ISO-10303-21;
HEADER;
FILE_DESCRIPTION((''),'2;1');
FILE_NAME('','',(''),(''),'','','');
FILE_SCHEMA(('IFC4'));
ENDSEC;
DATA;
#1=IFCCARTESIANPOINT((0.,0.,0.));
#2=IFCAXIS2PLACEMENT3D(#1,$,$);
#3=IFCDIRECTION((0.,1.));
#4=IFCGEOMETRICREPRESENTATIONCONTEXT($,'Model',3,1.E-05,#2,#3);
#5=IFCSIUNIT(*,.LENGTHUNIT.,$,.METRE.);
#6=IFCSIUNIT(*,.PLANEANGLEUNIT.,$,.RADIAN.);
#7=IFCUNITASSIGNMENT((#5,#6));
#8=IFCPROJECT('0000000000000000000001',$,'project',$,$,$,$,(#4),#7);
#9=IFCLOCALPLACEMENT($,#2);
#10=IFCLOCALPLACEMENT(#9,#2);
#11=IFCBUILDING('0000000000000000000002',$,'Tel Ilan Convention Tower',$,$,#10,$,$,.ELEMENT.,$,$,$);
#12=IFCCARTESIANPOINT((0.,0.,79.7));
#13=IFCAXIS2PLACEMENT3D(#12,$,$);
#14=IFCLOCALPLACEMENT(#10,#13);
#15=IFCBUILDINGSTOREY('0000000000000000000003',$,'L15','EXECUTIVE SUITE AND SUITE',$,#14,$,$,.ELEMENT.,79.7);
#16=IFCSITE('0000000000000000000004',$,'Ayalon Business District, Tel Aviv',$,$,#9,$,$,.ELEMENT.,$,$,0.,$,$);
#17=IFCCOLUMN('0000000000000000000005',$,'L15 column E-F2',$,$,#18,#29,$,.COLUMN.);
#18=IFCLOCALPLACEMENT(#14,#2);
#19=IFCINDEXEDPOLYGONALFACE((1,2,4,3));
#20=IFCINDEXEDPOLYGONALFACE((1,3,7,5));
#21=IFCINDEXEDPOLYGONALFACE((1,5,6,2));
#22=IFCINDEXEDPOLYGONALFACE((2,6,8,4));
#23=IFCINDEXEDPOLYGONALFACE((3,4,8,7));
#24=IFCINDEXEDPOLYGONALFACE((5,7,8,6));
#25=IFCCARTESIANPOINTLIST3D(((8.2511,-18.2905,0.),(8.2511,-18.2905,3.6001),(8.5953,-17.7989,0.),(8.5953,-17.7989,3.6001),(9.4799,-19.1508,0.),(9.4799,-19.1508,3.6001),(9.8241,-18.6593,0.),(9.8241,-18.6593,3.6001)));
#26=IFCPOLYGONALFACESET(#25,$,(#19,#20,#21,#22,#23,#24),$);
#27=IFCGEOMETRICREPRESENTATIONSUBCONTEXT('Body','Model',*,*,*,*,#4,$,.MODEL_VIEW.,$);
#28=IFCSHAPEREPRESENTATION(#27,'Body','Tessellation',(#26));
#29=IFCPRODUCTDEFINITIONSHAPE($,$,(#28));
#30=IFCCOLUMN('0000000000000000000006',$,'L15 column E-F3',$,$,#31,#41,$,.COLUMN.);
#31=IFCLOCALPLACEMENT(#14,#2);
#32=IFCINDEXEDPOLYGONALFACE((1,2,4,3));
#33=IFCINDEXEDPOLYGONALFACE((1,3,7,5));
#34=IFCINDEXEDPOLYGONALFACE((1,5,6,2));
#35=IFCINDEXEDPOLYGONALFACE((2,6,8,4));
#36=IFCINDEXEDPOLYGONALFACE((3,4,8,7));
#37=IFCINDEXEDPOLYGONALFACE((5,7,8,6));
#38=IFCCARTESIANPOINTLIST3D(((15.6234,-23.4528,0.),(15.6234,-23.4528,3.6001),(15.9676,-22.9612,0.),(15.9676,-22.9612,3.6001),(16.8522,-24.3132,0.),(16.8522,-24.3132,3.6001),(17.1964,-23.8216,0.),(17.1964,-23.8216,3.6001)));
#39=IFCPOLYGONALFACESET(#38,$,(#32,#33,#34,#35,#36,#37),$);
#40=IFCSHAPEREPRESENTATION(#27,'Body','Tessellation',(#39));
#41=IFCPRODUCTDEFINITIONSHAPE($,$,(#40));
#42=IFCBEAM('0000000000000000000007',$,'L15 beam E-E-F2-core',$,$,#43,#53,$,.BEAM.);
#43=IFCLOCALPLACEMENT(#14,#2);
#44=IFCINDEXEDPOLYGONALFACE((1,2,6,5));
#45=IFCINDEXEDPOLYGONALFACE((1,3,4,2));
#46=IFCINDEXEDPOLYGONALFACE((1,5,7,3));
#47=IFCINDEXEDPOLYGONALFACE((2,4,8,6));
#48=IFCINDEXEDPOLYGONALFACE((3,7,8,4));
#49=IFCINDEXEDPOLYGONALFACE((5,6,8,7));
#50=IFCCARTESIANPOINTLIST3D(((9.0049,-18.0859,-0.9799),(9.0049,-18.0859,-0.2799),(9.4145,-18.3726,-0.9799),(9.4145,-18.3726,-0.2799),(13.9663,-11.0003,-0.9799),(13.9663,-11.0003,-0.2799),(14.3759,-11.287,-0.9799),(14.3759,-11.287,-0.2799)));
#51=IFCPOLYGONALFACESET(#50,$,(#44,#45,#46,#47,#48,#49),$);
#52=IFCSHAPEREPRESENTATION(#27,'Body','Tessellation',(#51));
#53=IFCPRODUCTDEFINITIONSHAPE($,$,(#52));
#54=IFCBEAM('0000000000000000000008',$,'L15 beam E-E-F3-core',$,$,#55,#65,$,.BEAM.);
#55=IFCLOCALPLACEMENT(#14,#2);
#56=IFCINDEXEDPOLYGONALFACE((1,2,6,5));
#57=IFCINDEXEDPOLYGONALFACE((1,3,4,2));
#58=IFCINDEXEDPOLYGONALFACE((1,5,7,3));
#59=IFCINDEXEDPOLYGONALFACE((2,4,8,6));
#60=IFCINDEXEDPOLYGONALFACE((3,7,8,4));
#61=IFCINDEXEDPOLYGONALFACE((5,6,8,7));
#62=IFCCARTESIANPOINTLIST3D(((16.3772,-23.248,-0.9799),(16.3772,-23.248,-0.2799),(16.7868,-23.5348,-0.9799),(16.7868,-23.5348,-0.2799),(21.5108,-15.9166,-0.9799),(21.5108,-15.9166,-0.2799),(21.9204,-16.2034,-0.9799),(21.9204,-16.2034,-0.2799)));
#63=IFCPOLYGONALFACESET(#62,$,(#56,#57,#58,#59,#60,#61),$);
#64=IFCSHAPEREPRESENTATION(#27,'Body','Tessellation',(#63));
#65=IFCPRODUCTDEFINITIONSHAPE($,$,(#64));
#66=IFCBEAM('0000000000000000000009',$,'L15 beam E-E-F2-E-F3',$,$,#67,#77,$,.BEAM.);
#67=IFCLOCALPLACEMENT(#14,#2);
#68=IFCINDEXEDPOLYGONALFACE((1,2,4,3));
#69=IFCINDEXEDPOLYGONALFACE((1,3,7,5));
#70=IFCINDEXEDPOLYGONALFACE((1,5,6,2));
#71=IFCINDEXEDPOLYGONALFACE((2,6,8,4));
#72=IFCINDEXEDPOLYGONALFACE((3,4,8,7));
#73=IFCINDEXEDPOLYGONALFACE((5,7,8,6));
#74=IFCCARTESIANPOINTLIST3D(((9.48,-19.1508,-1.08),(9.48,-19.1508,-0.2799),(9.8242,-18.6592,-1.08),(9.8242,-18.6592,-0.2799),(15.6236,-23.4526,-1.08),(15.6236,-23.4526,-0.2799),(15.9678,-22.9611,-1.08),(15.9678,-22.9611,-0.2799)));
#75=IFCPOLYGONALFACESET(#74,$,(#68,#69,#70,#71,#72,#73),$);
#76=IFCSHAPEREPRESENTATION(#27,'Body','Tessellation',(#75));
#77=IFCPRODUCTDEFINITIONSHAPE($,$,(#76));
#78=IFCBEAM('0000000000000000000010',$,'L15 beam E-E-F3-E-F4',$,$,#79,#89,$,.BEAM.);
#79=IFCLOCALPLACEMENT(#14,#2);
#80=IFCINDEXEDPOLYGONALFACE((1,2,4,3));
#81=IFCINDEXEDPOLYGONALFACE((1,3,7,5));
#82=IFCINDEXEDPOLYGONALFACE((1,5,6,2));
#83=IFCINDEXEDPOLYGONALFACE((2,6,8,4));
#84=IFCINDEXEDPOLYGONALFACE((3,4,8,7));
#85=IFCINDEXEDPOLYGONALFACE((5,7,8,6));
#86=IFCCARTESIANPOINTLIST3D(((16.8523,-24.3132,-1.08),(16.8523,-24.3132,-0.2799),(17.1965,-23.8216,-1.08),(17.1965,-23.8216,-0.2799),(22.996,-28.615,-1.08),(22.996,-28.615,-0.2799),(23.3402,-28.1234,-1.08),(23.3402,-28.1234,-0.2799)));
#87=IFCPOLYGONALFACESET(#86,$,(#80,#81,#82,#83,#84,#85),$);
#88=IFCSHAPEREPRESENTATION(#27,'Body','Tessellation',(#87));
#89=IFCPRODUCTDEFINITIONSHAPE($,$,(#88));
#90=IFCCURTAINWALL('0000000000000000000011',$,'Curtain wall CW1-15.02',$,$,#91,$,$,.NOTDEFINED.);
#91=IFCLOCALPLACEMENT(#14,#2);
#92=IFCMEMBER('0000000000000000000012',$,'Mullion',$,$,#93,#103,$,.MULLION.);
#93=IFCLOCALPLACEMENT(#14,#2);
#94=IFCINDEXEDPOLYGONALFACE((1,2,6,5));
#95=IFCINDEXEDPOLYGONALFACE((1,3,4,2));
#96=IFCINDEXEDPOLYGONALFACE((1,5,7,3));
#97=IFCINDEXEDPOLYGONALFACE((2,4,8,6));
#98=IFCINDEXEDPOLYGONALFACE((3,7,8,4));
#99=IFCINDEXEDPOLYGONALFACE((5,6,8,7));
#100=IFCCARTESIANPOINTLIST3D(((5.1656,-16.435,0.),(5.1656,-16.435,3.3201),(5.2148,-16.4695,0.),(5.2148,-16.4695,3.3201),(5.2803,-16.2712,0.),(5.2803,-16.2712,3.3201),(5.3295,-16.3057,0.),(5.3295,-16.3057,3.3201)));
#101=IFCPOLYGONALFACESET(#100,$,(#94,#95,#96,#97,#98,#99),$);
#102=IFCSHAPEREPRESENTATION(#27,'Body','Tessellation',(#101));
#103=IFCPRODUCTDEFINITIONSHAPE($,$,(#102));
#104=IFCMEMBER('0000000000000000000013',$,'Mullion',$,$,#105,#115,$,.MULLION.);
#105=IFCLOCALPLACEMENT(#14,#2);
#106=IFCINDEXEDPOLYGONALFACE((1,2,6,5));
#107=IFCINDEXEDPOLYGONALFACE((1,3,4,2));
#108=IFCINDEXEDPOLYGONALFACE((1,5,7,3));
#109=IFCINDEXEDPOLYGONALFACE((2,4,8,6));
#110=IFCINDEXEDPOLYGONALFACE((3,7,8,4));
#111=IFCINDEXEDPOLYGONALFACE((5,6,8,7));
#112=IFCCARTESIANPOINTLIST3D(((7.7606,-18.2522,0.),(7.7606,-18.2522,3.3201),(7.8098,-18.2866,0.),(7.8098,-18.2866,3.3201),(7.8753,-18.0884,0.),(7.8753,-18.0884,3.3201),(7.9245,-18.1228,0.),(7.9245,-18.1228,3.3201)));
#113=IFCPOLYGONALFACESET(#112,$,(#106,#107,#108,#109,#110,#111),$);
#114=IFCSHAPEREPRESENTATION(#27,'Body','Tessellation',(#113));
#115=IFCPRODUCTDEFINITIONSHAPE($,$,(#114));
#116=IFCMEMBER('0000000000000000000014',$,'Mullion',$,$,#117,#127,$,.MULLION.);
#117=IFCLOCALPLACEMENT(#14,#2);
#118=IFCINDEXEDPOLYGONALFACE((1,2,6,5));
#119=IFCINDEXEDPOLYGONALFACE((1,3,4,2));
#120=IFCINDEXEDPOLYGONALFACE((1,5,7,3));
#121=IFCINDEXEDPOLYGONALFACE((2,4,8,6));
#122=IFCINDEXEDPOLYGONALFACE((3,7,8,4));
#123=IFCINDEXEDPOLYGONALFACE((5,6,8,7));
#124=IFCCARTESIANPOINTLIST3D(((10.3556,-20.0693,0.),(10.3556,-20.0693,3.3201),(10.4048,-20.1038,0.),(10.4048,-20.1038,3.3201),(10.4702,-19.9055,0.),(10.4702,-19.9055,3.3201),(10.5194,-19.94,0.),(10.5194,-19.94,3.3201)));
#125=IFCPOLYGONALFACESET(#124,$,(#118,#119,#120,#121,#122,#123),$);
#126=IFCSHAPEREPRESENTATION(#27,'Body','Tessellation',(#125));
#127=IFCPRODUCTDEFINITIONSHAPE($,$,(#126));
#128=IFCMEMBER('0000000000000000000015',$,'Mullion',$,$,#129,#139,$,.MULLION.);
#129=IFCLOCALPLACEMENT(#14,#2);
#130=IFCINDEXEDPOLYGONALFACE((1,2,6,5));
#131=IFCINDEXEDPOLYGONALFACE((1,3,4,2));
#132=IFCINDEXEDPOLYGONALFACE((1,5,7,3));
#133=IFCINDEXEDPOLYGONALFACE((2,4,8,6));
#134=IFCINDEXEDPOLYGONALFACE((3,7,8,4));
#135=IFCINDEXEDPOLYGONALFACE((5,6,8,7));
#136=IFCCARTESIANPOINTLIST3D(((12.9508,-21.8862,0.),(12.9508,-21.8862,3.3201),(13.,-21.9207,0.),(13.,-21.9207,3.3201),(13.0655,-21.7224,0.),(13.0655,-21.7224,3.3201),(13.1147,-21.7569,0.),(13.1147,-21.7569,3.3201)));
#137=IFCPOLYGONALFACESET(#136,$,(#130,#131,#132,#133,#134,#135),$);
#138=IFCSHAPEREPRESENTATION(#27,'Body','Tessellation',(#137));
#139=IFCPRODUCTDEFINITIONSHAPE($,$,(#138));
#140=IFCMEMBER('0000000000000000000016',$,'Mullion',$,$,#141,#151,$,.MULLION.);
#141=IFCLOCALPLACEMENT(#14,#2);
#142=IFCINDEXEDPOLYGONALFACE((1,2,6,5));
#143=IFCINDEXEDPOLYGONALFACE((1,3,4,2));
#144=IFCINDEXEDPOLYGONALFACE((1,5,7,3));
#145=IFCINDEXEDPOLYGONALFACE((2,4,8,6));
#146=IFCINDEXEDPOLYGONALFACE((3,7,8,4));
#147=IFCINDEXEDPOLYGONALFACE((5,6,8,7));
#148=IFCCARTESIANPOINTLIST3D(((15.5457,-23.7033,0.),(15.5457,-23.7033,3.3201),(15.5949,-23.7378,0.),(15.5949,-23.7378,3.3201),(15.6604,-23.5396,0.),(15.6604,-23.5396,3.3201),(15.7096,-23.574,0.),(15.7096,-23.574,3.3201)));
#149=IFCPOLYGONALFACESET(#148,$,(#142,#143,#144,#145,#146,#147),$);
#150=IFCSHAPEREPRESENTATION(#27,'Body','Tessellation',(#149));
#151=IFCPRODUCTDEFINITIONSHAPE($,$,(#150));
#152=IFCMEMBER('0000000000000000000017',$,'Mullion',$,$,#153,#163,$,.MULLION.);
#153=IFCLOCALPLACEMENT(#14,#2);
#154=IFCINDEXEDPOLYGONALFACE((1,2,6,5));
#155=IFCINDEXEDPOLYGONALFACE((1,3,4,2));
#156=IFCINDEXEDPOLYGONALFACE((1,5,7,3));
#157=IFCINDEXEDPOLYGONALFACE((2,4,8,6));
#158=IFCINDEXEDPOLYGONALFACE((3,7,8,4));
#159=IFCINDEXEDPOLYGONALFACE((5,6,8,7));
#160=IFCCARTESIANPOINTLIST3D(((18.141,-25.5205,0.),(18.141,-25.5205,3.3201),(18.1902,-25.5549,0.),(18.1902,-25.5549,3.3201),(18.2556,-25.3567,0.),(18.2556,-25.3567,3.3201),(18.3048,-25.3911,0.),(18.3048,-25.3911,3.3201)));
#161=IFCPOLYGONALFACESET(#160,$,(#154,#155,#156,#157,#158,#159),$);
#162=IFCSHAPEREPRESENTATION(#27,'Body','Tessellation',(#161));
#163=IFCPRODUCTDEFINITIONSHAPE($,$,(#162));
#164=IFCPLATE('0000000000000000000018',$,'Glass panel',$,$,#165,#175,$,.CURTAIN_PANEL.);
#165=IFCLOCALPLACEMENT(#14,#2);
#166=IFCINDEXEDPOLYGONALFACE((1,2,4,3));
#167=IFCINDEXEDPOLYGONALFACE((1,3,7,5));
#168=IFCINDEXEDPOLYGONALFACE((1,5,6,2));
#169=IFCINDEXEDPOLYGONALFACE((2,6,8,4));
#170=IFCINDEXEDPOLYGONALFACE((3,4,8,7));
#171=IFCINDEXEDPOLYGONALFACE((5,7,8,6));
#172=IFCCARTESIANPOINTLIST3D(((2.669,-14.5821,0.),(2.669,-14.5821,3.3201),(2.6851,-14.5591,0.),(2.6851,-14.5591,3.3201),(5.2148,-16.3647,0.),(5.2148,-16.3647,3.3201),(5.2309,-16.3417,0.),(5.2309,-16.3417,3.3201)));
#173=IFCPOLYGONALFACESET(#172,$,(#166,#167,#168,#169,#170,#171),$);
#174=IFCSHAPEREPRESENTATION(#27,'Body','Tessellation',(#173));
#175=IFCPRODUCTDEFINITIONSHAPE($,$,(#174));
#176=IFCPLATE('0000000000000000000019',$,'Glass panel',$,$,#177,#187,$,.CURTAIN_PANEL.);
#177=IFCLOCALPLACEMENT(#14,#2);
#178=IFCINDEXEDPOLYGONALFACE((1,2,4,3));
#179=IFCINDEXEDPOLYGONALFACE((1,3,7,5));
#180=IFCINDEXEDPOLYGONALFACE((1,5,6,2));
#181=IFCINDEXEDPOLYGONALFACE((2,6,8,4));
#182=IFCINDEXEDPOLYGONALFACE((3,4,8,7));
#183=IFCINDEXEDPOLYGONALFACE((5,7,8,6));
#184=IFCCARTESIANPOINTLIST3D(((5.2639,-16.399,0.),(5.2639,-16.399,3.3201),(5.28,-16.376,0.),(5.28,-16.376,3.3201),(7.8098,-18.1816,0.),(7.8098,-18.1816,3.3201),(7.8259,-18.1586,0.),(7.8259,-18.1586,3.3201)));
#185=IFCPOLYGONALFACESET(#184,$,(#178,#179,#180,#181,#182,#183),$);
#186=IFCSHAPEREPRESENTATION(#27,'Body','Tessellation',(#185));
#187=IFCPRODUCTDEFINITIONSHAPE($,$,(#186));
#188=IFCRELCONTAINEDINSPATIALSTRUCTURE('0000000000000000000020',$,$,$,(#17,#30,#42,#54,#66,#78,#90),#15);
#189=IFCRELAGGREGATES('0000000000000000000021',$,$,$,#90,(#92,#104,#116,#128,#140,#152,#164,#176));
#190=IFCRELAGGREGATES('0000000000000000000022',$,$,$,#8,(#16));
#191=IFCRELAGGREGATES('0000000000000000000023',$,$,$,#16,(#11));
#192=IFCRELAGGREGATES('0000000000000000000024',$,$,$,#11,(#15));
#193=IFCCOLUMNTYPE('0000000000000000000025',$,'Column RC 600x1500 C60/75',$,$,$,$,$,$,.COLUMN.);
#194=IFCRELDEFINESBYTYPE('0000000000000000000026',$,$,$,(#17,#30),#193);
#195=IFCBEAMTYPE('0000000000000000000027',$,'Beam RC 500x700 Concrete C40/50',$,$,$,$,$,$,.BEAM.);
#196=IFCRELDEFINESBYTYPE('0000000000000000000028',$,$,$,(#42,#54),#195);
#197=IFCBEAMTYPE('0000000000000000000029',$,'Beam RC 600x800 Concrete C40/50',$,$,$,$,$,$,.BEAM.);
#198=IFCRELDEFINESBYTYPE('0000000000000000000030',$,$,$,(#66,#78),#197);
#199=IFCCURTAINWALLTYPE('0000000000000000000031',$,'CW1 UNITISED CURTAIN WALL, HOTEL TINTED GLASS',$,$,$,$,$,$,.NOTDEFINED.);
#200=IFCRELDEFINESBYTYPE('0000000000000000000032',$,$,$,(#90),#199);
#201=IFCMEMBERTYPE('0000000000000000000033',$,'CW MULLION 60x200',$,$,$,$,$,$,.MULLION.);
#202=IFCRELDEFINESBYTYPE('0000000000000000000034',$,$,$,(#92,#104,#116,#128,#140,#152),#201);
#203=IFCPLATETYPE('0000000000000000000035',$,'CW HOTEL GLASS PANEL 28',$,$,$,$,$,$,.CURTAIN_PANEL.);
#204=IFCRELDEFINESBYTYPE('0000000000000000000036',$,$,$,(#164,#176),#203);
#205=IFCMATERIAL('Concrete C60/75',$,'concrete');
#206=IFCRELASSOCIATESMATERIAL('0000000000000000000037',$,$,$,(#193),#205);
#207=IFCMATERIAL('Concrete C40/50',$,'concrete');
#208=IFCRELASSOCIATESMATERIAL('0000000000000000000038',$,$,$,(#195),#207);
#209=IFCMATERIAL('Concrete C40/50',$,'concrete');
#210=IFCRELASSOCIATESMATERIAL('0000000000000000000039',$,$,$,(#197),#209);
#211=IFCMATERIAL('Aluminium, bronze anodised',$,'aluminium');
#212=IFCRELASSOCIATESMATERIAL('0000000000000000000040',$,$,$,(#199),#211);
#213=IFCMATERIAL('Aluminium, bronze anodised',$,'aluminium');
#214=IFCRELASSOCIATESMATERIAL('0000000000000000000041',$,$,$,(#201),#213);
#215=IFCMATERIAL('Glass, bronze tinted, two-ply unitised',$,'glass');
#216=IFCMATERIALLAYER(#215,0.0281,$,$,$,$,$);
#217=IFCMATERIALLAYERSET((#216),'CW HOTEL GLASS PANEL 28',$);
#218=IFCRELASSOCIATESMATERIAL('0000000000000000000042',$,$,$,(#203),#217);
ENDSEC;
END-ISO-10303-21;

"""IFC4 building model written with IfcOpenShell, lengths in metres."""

from ifc_helpers import new_model, si_unit, direction, frame, origin, origin_2d, place, context, subcontext, project, spatial, rectangle, extrude, material, layer, layer_set, material_profile, profile_set, type_object, element, aggregate, save


model = new_model("IFC4")

# Units and contexts
model_context = context("Model", 3, precision=1e-05, world=origin(), true_north=direction((0.0, 1.0)))
body_context = subcontext(model_context, "Body", "Model", "MODEL_VIEW")
ifc_project = project(units=[si_unit("LENGTHUNIT", "METRE"), si_unit("PLANEANGLEUNIT", "RADIAN")], contexts=[model_context])

# Site, building, storey
site_placement = place(None, origin())
site = spatial("IfcSite", under=ifc_project, at=site_placement, Name="Ayalon Business District, Tel Aviv", CompositionType="ELEMENT", RefElevation=0.0)
building_placement = place(site_placement, origin())
building = spatial("IfcBuilding", under=site, at=building_placement, Name="Tel Ilan Convention Tower", CompositionType="ELEMENT")
storey_placement = place(building_placement, frame((0.0, 0.0, 79.7)))
storey = spatial("IfcBuildingStorey", under=building, at=storey_placement, Name="L15", Description="EXECUTIVE SUITE AND SUITE", CompositionType="ELEMENT", Elevation=79.7)

# Columns
ifc_material_1 = material(Name="Concrete C60/75", Category="concrete")
ifc_material_profile_1 = material_profile(ifc_material_1, rectangle(XDim=1.5, YDim=0.6001, at=origin_2d()), Name="RC 600x1500")
ifc_profile_set_1 = profile_set([ifc_material_profile_1], Name="Concrete C60/75")
column_type = type_object("IfcColumnType", Name="Column RC 600x1500 C60/75", PredefinedType="COLUMN", material=ifc_profile_set_1)
for number, where, z_axis, x_axis, name in (
    (1, (9.0376, -18.4749, 0.0), (0.0, 0.0, 1.0), (0.819152, -0.573576, 0.0), "L15 column E-F2"),
    (2, (16.4099, -23.6372, 0.0), (0.0, 0.0, 1.0), (0.819152, -0.573576, 0.0), "L15 column E-F3"),
):
    element("IfcColumn", number, at=place(storey_placement, frame(where, z_axis=z_axis, x_axis=x_axis)), inside=storey, type_object=column_type, Name=name, PredefinedType="COLUMN", context=body_context, shape_type="SweptSolid", body=[
        extrude(rectangle(XDim=1.5, YDim=0.6001, at=origin_2d()), origin(), (0.0, 0.0, 1.0), 3.6001),
    ])

# Beams
ifc_material_2 = material(Name="Concrete C40/50", Category="concrete")
ifc_material_profile_2 = material_profile(ifc_material_2, rectangle(XDim=0.5, YDim=0.7, at=origin_2d()), Name="RC 500x700")
ifc_profile_set_2 = profile_set([ifc_material_profile_2], Name="Concrete C40/50")
beam_type_1 = type_object("IfcBeamType", Name="Beam RC 500x700 Concrete C40/50", PredefinedType="BEAM", material=ifc_profile_set_2)
beam_1_placement = place(storey_placement, frame((9.2097, -18.2292, -0.6299), z_axis=(0.573574, 0.819154, 0.0), x_axis=(-0.819154, 0.573574, 0.0)))
element("IfcBeam", 3, at=beam_1_placement, inside=storey, type_object=beam_type_1, Name="L15 beam E-E-F2-core", PredefinedType="BEAM", context=body_context, shape_type="SweptSolid", body=[
    extrude(rectangle(XDim=0.5, YDim=0.7, at=origin_2d()), origin(), (0.0, 0.0, 1.0), 8.6499),
])
beam_2_placement = place(storey_placement, frame((16.582, -23.3914, -0.6299), z_axis=(0.573585, 0.819146, 0.0), x_axis=(-0.819146, 0.573585, 0.0)))
element("IfcBeam", 4, at=beam_2_placement, inside=storey, type_object=beam_type_1, Name="L15 beam E-E-F3-core", PredefinedType="BEAM", context=body_context, shape_type="SweptSolid", body=[
    extrude(rectangle(XDim=0.5, YDim=0.7, at=origin_2d()), origin(), (0.0, 0.0, 1.0), 8.95),
])
ifc_material_3 = material(Name="Concrete C40/50", Category="concrete")
ifc_material_profile_3 = material_profile(ifc_material_3, rectangle(XDim=0.6001, YDim=0.8, at=origin_2d()), Name="RC 600x800")
ifc_profile_set_3 = profile_set([ifc_material_profile_3], Name="Concrete C40/50")
beam_type_2 = type_object("IfcBeamType", Name="Beam RC 600x800 Concrete C40/50", PredefinedType="BEAM", material=ifc_profile_set_3)
for number, where, z_axis, x_axis, name in (
    (5, (9.6521, -18.905, -0.6799), (0.819152, -0.573576, 0.0), (0.573576, 0.819152, 0.0), "L15 beam E-E-F2-E-F3"),
    (6, (17.0244, -24.0674, -0.6799), (0.819152, -0.573576, 0.0), (0.573576, 0.819152, 0.0), "L15 beam E-E-F3-E-F4"),
):
    element("IfcBeam", number, at=place(storey_placement, frame(where, z_axis=z_axis, x_axis=x_axis)), inside=storey, type_object=beam_type_2, Name=name, PredefinedType="BEAM", context=body_context, shape_type="SweptSolid", body=[
        extrude(rectangle(XDim=0.6001, YDim=0.8, at=origin_2d()), origin(), (0.0, 0.0, 1.0), 7.5),
    ])

# Curtain wall, members, plates
ifc_material_4 = material(Name="Aluminium, bronze anodised", Category="aluminium")
curtain_wall_type = type_object("IfcCurtainWallType", Name="CW1 UNITISED CURTAIN WALL, HOTEL TINTED GLASS", PredefinedType="NOTDEFINED", material=ifc_material_4)
curtain_wall_placement = place(storey_placement, origin())
curtain_wall = element("IfcCurtainWall", 7, at=curtain_wall_placement, inside=storey, type_object=curtain_wall_type, Name="Curtain wall CW1-15.02", PredefinedType="NOTDEFINED")
ifc_material_5 = material(Name="Aluminium, bronze anodised", Category="aluminium")
ifc_material_profile_4 = material_profile(ifc_material_5, rectangle(XDim=0.0601, YDim=0.2, at=origin_2d()), Name="CW MULLION 60x200")
ifc_profile_set_4 = profile_set([ifc_material_profile_4], Name="Aluminium, bronze anodised")
member_type = type_object("IfcMemberType", Name="CW MULLION 60x200", PredefinedType="MULLION", material=ifc_profile_set_4)
member_1_placement = place(storey_placement, frame((5.2476, -16.3704, 0.0), z_axis=(0.0, 0.0, 1.0), x_axis=(0.819152, -0.573576, 0.0)))
member_1 = element("IfcMember", 8, at=member_1_placement, type_object=member_type, Name="Mullion", PredefinedType="MULLION", context=body_context, shape_type="SweptSolid", body=[
    extrude(rectangle(XDim=0.0601, YDim=0.2, at=origin_2d()), origin(), (0.0, 0.0, 1.0), 3.3201),
])
member_2_placement = place(storey_placement, frame((7.8425, -18.1875, 0.0), z_axis=(0.0, 0.0, 1.0), x_axis=(0.819152, -0.573576, 0.0)))
member_2 = element("IfcMember", 9, at=member_2_placement, type_object=member_type, Name="Mullion", PredefinedType="MULLION", context=body_context, shape_type="SweptSolid", body=[
    extrude(rectangle(XDim=0.0601, YDim=0.2, at=origin_2d()), origin(), (0.0, 0.0, 1.0), 3.3201),
])
member_3_placement = place(storey_placement, frame((10.4375, -20.0046, 0.0), z_axis=(0.0, 0.0, 1.0), x_axis=(0.819152, -0.573576, 0.0)))
member_3 = element("IfcMember", 10, at=member_3_placement, type_object=member_type, Name="Mullion", PredefinedType="MULLION", context=body_context, shape_type="SweptSolid", body=[
    extrude(rectangle(XDim=0.0601, YDim=0.2, at=origin_2d()), origin(), (0.0, 0.0, 1.0), 3.3201),
])
member_4_placement = place(storey_placement, frame((13.0327, -21.8215, 0.0), z_axis=(0.0, 0.0, 1.0), x_axis=(0.819152, -0.573576, 0.0)))
member_4 = element("IfcMember", 11, at=member_4_placement, type_object=member_type, Name="Mullion", PredefinedType="MULLION", context=body_context, shape_type="SweptSolid", body=[
    extrude(rectangle(XDim=0.0601, YDim=0.2, at=origin_2d()), origin(), (0.0, 0.0, 1.0), 3.3201),
])
member_5_placement = place(storey_placement, frame((15.6277, -23.6387, 0.0), z_axis=(0.0, 0.0, 1.0), x_axis=(0.819152, -0.573576, 0.0)))
member_5 = element("IfcMember", 12, at=member_5_placement, type_object=member_type, Name="Mullion", PredefinedType="MULLION", context=body_context, shape_type="SweptSolid", body=[
    extrude(rectangle(XDim=0.0601, YDim=0.2, at=origin_2d()), origin(), (0.0, 0.0, 1.0), 3.3201),
])
member_6_placement = place(storey_placement, frame((18.2229, -25.4558, 0.0), z_axis=(0.0, 0.0, 1.0), x_axis=(0.819152, -0.573576, 0.0)))
member_6 = element("IfcMember", 13, at=member_6_placement, type_object=member_type, Name="Mullion", PredefinedType="MULLION", context=body_context, shape_type="SweptSolid", body=[
    extrude(rectangle(XDim=0.0601, YDim=0.2, at=origin_2d()), origin(), (0.0, 0.0, 1.0), 3.3201),
])
ifc_material_6 = material(Name="Glass, bronze tinted, two-ply unitised", Category="glass")
ifc_layer_1 = layer(ifc_material_6, 0.0281)
ifc_layer_set_1 = layer_set([ifc_layer_1], Name="CW HOTEL GLASS PANEL 28")
plate_type = type_object("IfcPlateType", Name="CW HOTEL GLASS PANEL 28", PredefinedType="CURTAIN_PANEL", material=ifc_layer_set_1)
plate_1_placement = place(storey_placement, frame((3.95, -15.4619, 0.0), z_axis=(0.0, 0.0, 1.0), x_axis=(0.819152, -0.573576, 0.0)))
plate_1 = element("IfcPlate", 14, at=plate_1_placement, type_object=plate_type, Name="Glass panel", PredefinedType="CURTAIN_PANEL", context=body_context, shape_type="SweptSolid", body=[
    extrude(rectangle(XDim=3.1079, YDim=0.0281, at=origin_2d()), origin(), (0.0, 0.0, 1.0), 3.3201),
])
plate_2_placement = place(storey_placement, frame((6.5449, -17.2788, 0.0), z_axis=(0.0, 0.0, 1.0), x_axis=(0.819152, -0.573576, 0.0)))
plate_2 = element("IfcPlate", 15, at=plate_2_placement, type_object=plate_type, Name="Glass panel", PredefinedType="CURTAIN_PANEL", context=body_context, shape_type="SweptSolid", body=[
    extrude(rectangle(XDim=3.1079, YDim=0.0281, at=origin_2d()), origin(), (0.0, 0.0, 1.0), 3.3201),
])
aggregate(curtain_wall, [member_1, member_2, member_3, member_4, member_5, member_6, plate_1, plate_2])

save(model, "model.ifc")
